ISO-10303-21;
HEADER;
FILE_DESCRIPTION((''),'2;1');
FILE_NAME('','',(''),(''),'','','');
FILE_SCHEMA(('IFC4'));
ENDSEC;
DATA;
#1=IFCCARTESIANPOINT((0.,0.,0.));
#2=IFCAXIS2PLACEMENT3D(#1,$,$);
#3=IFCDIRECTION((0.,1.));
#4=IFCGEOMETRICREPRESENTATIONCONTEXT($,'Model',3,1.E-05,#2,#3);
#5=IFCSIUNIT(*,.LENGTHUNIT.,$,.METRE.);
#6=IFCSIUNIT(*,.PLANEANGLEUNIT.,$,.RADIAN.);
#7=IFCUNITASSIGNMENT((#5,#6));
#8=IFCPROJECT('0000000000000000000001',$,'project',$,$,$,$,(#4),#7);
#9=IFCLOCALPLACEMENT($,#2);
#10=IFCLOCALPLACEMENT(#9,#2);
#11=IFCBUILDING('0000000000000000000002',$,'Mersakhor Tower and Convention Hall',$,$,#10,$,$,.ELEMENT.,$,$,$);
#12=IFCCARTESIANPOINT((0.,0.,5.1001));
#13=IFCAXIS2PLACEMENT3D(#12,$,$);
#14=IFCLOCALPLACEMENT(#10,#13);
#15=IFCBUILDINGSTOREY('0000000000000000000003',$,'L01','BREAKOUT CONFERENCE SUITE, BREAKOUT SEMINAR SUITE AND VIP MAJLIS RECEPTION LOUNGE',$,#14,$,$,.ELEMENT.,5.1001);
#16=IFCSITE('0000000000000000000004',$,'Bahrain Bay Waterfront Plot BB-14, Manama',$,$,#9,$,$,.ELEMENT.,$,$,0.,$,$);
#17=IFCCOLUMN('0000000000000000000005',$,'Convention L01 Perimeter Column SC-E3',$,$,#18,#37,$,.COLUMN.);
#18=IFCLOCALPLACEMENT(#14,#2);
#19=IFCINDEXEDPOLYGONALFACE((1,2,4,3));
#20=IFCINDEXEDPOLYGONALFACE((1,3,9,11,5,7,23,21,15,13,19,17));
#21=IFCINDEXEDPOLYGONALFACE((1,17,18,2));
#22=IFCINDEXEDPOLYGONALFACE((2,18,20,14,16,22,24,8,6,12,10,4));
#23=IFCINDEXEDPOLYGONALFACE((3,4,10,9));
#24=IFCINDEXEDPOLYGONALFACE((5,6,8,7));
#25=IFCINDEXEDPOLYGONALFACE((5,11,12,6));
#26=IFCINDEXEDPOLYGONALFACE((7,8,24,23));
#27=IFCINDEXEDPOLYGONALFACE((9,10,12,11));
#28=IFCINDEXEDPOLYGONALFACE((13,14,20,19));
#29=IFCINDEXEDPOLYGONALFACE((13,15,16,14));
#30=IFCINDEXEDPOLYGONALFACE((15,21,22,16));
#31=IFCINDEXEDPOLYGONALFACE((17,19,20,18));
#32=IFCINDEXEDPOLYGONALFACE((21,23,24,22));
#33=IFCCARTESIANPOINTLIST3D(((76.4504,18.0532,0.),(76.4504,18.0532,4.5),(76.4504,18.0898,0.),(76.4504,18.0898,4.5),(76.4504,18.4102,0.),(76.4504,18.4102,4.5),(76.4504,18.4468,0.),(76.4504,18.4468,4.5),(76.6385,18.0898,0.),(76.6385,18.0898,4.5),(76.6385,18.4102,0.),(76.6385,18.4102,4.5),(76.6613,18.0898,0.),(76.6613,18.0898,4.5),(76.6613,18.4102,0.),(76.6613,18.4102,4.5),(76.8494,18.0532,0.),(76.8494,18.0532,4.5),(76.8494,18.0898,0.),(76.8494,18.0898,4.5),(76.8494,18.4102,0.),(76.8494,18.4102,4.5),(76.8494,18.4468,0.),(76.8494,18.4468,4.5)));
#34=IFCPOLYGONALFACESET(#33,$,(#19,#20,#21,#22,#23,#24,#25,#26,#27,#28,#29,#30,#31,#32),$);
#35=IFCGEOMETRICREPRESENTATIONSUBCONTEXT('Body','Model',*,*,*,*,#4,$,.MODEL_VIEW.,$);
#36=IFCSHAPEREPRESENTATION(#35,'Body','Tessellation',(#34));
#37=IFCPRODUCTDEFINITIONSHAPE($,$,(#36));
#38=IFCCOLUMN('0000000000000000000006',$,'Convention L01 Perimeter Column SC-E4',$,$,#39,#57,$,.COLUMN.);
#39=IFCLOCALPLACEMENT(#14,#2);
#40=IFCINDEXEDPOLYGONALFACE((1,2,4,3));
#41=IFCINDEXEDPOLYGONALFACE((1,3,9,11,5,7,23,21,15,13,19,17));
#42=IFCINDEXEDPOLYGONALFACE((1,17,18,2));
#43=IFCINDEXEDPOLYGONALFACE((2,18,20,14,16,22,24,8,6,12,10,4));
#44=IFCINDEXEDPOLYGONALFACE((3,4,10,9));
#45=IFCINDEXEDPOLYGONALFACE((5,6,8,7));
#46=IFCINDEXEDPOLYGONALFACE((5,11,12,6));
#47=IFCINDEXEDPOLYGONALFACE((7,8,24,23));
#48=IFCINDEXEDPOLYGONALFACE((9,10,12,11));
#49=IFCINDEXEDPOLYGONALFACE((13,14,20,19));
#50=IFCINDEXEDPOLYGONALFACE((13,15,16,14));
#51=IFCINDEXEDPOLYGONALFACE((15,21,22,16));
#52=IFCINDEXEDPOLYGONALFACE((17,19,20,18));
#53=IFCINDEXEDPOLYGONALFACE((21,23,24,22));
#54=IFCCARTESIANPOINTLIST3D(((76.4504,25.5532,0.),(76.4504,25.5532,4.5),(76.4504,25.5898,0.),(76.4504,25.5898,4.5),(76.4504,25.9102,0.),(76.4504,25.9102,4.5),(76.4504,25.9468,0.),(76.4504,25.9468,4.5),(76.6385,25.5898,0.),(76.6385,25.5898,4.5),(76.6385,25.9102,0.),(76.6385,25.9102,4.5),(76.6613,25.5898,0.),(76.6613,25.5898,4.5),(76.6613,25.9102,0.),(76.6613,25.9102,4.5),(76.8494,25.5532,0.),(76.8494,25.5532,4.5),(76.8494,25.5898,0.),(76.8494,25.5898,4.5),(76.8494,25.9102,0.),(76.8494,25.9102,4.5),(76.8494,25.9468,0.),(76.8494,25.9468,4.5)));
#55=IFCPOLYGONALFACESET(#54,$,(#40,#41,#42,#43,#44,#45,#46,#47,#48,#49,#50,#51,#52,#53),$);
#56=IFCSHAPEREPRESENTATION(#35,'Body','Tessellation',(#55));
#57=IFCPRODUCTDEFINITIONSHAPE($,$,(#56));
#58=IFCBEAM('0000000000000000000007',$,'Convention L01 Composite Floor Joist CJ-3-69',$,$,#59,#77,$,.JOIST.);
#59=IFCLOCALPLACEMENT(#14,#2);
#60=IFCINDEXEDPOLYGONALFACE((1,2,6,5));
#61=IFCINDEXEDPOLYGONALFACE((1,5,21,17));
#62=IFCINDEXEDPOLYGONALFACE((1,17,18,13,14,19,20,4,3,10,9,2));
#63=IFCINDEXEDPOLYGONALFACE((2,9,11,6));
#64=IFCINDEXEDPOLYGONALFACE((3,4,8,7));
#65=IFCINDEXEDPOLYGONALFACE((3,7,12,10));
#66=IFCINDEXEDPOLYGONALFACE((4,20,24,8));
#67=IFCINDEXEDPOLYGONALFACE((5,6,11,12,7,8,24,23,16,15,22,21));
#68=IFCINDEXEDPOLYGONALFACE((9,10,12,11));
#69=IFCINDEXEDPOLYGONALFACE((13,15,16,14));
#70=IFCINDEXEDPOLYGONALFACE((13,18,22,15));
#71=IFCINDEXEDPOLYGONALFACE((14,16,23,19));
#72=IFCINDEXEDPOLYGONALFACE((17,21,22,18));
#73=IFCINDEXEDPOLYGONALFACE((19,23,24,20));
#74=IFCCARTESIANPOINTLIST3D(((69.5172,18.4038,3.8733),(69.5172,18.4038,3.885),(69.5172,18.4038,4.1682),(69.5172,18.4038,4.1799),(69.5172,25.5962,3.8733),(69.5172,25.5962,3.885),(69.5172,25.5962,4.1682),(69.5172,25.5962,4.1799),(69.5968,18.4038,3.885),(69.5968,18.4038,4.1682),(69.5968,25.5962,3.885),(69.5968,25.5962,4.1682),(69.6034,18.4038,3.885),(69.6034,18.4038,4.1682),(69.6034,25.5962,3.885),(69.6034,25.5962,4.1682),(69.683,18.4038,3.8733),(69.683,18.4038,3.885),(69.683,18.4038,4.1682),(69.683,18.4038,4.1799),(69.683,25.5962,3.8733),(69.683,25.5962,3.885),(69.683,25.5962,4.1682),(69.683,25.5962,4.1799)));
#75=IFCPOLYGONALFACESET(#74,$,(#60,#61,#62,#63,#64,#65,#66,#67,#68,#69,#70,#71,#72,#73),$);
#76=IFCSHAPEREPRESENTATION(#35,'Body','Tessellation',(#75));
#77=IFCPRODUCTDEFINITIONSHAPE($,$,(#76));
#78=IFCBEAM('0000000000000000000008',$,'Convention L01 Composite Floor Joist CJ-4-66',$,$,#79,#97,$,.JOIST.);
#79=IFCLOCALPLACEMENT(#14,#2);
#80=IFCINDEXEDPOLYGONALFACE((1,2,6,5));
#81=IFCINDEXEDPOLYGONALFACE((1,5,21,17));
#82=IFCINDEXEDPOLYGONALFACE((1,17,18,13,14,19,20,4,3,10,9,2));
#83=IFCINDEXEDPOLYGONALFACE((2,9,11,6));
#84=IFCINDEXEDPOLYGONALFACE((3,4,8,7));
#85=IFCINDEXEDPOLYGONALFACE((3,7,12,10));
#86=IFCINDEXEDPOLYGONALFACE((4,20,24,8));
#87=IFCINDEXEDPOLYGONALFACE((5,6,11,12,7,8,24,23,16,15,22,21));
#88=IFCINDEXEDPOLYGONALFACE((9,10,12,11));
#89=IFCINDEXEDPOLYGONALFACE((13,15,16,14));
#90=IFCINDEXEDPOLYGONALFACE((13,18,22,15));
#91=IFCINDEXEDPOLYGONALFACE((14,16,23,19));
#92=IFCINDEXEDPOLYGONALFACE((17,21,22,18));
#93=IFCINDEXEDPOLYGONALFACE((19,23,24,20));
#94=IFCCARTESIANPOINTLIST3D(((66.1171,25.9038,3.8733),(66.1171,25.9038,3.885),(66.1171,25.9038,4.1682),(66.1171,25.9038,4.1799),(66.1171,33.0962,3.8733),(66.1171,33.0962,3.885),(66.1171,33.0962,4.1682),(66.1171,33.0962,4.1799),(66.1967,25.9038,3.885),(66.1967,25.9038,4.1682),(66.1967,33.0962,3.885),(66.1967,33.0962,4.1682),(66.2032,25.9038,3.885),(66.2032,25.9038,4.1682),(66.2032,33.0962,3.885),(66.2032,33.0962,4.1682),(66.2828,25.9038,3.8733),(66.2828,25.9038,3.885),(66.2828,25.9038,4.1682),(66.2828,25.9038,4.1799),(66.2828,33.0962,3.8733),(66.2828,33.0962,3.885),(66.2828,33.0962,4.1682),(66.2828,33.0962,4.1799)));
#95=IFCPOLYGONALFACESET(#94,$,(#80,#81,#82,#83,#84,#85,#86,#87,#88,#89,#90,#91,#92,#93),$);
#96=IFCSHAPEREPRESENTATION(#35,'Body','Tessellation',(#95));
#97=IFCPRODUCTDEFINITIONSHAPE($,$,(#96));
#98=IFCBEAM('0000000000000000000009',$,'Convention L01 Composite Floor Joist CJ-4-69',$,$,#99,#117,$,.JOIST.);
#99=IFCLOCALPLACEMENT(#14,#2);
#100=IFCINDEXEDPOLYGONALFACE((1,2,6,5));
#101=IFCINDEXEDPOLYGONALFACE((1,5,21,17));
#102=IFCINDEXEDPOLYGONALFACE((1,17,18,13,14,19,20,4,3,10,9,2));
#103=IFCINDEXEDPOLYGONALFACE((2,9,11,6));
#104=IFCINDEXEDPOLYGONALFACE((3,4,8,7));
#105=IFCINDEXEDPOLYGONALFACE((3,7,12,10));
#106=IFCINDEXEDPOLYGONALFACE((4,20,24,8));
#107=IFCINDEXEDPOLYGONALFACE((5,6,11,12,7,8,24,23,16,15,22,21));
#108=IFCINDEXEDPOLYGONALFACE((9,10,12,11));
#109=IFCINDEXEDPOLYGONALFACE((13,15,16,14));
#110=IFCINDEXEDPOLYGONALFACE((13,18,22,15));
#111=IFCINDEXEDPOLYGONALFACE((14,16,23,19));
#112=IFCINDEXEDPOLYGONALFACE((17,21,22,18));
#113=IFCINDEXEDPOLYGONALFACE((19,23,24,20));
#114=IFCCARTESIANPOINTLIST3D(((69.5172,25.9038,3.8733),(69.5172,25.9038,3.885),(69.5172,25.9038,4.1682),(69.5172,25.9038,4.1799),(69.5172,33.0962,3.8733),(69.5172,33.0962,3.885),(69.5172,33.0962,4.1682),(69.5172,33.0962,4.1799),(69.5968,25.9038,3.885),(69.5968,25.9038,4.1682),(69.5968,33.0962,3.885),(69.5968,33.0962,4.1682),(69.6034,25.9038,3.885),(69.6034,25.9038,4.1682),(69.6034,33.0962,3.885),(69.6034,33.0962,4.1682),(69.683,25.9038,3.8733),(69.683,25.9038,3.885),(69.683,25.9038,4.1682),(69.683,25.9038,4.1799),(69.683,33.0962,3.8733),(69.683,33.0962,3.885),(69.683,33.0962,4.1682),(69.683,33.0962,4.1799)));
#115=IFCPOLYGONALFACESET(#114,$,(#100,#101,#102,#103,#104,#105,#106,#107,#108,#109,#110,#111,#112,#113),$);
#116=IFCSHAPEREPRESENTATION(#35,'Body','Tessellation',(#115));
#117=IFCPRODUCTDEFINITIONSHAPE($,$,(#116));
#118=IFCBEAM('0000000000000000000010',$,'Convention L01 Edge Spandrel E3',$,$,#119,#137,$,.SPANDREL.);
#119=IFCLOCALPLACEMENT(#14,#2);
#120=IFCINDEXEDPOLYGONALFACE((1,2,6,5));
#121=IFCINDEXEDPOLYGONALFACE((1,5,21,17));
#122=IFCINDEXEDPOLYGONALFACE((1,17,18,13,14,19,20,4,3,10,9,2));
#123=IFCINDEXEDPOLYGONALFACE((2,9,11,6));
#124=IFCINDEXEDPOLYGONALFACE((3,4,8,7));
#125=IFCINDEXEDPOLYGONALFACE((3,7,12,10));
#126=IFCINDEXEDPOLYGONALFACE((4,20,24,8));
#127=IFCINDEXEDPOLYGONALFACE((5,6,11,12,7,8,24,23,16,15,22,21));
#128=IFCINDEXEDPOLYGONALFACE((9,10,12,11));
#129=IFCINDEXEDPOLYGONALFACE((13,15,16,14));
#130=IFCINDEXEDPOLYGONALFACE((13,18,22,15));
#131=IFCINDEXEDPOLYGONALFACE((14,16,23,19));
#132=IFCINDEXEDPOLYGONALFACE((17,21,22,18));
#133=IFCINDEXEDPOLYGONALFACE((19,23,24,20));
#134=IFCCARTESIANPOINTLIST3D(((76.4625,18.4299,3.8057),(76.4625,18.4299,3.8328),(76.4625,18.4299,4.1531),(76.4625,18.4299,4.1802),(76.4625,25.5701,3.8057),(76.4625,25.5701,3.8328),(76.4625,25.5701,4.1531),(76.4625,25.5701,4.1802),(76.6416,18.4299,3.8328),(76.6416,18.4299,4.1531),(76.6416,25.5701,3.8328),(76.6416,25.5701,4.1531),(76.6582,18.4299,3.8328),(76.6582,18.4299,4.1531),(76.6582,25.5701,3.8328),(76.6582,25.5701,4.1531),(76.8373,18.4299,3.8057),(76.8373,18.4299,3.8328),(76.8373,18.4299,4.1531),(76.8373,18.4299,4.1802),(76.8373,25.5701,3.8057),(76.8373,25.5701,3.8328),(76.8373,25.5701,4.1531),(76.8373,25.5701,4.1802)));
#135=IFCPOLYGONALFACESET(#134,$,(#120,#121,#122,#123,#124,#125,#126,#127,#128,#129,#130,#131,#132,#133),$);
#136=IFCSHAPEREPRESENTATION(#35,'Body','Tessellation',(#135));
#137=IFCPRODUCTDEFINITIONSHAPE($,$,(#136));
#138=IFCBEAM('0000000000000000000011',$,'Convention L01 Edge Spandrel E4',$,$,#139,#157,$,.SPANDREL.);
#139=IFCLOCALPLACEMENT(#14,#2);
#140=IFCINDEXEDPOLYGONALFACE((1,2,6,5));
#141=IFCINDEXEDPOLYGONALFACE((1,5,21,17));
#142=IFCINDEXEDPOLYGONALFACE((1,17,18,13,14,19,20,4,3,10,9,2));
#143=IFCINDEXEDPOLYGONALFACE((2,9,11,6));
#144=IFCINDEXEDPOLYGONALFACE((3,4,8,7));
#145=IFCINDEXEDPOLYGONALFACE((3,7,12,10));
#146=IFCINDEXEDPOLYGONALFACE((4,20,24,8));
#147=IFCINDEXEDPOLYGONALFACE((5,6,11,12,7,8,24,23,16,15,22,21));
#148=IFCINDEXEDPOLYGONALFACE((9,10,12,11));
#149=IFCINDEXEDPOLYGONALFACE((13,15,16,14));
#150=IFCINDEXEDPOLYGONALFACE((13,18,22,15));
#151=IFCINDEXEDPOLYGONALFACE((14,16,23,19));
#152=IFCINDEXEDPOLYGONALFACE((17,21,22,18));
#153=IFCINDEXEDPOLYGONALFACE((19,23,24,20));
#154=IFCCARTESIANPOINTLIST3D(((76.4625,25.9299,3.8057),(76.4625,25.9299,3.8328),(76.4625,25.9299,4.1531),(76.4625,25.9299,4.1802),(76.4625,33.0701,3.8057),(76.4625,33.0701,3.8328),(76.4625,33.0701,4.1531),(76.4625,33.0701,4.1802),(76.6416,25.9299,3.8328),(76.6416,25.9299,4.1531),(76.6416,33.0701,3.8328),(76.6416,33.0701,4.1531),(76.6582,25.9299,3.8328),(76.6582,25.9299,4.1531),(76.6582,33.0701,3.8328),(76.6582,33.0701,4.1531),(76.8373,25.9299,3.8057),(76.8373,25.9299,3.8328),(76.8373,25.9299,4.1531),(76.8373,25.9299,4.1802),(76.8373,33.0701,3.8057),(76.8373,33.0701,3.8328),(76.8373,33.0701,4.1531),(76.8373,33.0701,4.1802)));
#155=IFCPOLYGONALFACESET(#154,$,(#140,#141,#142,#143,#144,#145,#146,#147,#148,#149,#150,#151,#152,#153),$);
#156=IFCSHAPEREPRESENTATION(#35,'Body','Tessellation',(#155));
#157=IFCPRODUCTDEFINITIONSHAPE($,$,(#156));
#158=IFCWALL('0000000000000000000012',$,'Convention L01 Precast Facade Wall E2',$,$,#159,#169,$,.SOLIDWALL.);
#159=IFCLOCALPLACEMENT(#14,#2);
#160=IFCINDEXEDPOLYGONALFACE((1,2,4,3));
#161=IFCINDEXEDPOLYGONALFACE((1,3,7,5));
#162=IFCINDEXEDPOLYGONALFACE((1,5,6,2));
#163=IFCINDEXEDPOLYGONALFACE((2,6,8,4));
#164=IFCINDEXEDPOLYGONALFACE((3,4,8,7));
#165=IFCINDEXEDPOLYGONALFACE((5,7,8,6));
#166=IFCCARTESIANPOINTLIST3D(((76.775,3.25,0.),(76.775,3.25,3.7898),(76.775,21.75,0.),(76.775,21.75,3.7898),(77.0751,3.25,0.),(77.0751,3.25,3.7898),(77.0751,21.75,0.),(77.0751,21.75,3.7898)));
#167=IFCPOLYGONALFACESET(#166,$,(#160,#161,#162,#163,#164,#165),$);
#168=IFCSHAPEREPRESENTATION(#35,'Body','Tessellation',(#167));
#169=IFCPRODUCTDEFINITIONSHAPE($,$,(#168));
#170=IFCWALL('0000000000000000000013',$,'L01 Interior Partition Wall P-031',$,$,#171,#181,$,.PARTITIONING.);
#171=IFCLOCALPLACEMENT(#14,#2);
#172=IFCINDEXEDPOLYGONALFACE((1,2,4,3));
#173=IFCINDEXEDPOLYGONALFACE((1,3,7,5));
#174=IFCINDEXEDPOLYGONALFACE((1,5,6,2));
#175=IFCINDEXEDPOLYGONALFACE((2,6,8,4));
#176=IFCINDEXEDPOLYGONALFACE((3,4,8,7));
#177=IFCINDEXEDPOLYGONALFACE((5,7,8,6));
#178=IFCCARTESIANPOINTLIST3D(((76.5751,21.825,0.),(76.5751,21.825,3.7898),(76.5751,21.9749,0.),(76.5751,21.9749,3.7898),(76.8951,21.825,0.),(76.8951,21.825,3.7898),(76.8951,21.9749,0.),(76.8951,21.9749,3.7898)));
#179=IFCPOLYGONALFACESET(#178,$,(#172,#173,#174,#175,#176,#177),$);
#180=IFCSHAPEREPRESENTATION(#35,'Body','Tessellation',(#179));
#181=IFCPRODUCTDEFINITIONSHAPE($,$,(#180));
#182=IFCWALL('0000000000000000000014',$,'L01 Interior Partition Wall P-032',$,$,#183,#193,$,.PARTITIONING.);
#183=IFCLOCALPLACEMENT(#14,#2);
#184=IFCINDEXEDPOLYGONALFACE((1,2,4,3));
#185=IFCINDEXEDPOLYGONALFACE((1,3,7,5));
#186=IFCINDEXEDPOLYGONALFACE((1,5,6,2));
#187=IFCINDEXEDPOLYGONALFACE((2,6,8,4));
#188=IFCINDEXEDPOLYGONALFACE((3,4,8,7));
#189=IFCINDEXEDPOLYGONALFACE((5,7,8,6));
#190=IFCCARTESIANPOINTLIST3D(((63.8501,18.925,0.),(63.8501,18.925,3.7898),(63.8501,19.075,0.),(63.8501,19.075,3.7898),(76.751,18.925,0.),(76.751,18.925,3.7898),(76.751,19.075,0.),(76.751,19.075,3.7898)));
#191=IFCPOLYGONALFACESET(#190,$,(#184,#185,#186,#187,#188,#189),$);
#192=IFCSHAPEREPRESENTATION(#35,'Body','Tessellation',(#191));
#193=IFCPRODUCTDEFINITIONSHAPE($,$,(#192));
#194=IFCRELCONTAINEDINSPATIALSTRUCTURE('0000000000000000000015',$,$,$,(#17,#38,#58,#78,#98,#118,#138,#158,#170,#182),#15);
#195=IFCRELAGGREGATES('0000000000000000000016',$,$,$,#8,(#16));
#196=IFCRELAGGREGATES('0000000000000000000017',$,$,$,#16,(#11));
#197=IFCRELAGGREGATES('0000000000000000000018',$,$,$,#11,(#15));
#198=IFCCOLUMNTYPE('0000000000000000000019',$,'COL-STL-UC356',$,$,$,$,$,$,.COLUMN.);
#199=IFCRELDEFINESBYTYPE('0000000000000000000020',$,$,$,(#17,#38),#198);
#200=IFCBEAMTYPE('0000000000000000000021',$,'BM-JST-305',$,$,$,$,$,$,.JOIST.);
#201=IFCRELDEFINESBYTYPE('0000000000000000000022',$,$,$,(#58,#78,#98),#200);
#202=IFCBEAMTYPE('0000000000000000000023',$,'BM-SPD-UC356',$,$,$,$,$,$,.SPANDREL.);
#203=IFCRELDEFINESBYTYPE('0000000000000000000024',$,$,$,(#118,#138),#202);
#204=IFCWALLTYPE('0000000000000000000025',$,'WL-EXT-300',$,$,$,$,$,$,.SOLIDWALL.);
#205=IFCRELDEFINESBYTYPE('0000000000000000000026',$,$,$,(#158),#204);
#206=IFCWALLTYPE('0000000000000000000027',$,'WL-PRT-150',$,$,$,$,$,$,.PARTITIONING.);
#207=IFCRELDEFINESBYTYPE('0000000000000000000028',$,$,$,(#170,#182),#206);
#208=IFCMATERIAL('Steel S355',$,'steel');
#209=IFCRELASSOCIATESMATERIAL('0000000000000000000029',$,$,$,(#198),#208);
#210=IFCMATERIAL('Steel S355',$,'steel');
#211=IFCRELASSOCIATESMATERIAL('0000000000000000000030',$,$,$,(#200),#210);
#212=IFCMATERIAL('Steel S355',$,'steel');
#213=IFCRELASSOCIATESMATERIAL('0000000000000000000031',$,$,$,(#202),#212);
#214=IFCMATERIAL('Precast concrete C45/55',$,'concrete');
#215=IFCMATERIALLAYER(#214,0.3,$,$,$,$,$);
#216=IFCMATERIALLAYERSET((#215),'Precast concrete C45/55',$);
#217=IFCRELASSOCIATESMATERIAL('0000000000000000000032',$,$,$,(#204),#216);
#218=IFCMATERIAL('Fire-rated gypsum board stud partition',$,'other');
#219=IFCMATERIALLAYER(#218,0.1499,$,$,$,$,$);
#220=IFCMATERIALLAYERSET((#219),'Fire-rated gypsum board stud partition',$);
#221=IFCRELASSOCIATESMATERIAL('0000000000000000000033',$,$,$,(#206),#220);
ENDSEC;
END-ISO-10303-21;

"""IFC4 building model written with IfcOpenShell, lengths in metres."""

from ifc_helpers import new_model, si_unit, direction, frame, frame_2d, origin, origin_2d, place, context, subcontext, project, spatial, rectangle, i_section, extrude, material, layer, layer_set, material_profile, profile_set, type_object, element, save


model = new_model("IFC4")

# Units and contexts
model_context = context("Model", 3, precision=1e-05, world=origin(), true_north=direction((0.0, 1.0)))
body_context = subcontext(model_context, "Body", "Model", "MODEL_VIEW")
ifc_project = project(units=[si_unit("LENGTHUNIT", "METRE"), si_unit("PLANEANGLEUNIT", "RADIAN")], contexts=[model_context])

# Site, building, storey
site_placement = place(None, origin())
site = spatial("IfcSite", under=ifc_project, at=site_placement, Name="Bahrain Bay Waterfront Plot BB-14, Manama", CompositionType="ELEMENT", RefElevation=0.0)
building_placement = place(site_placement, origin())
building = spatial("IfcBuilding", under=site, at=building_placement, Name="Mersakhor Tower and Convention Hall", CompositionType="ELEMENT")
storey_placement = place(building_placement, frame((0.0, 0.0, 5.1001)))
storey = spatial("IfcBuildingStorey", under=building, at=storey_placement, Name="L01", Description="BREAKOUT CONFERENCE SUITE, BREAKOUT SEMINAR SUITE AND VIP MAJLIS RECEPTION LOUNGE", CompositionType="ELEMENT", Elevation=5.1001)

# Columns
ifc_material_1 = material(Name="Steel S355", Category="steel")
ifc_material_profile_1 = material_profile(ifc_material_1, i_section(OverallWidth=0.3989, OverallDepth=0.3936, WebThickness=0.0227, FlangeThickness=0.0366, at=origin_2d()), Name="UC 356x406x287")
ifc_profile_set_1 = profile_set([ifc_material_profile_1], Name="Steel S355")
column_type = type_object("IfcColumnType", Name="COL-STL-UC356", PredefinedType="COLUMN", material=ifc_profile_set_1)
for number, where, z_axis, x_axis, name in (
    (1, (76.6499, 18.25, 0.0), (0.0, 0.0, 1.0), (1.0, 0.0, 0.0), "Convention L01 Perimeter Column SC-E3"),
    (2, (76.6499, 25.75, 0.0), (0.0, 0.0, 1.0), (1.0, 0.0, 0.0), "Convention L01 Perimeter Column SC-E4"),
):
    element("IfcColumn", number, at=place(storey_placement, frame(where, z_axis=z_axis, x_axis=x_axis)), inside=storey, type_object=column_type, Name=name, PredefinedType="COLUMN", context=body_context, shape_type="SweptSolid", body=[
        extrude(i_section(OverallWidth=0.3989, OverallDepth=0.3936, WebThickness=0.0227, FlangeThickness=0.0366, at=origin_2d()), origin(), (0.0, 0.0, 1.0), 4.5),
    ])

# Beams
ifc_material_2 = material(Name="Steel S355", Category="steel")
ifc_material_profile_2 = material_profile(ifc_material_2, i_section(OverallWidth=0.1658, OverallDepth=0.3066, WebThickness=0.0066, FlangeThickness=0.0117, at=origin_2d()), Name="UB 305x165x46")
ifc_profile_set_2 = profile_set([ifc_material_profile_2], Name="Steel S355")
beam_type_1 = type_object("IfcBeamType", Name="BM-JST-305", PredefinedType="JOIST", material=ifc_profile_set_2)
for number, where, z_axis, x_axis, name in (
    (3, (69.6001, 18.4038, 4.0266), (0.0, 1.0, 0.0), (-1.0, 0.0, 0.0), "Convention L01 Composite Floor Joist CJ-3-69"),
    (4, (66.2, 25.9038, 4.0266), (0.0, 1.0, 0.0), (-1.0, 0.0, 0.0), "Convention L01 Composite Floor Joist CJ-4-66"),
    (5, (69.6001, 25.9038, 4.0266), (0.0, 1.0, 0.0), (-1.0, 0.0, 0.0), "Convention L01 Composite Floor Joist CJ-4-69"),
):
    element("IfcBeam", number, at=place(storey_placement, frame(where, z_axis=z_axis, x_axis=x_axis)), inside=storey, type_object=beam_type_1, Name=name, PredefinedType="JOIST", context=body_context, shape_type="SweptSolid", body=[
        extrude(i_section(OverallWidth=0.1658, OverallDepth=0.3066, WebThickness=0.0066, FlangeThickness=0.0117, at=origin_2d()), origin(), (0.0, 0.0, 1.0), 7.1924),
    ])
ifc_material_3 = material(Name="Steel S355", Category="steel")
ifc_material_profile_3 = material_profile(ifc_material_3, i_section(OverallWidth=0.3748, OverallDepth=0.3745, WebThickness=0.0166, FlangeThickness=0.0271, at=origin_2d()), Name="UC 356x368x202")
ifc_profile_set_3 = profile_set([ifc_material_profile_3], Name="Steel S355")
beam_type_2 = type_object("IfcBeamType", Name="BM-SPD-UC356", PredefinedType="SPANDREL", material=ifc_profile_set_3)
for number, where, z_axis, x_axis, name in (
    (6, (76.6499, 18.4299, 3.9929), (0.0, 1.0, 0.0), (-1.0, 0.0, 0.0), "Convention L01 Edge Spandrel E3"),
    (7, (76.6499, 25.9299, 3.9929), (0.0, 1.0, 0.0), (-1.0, 0.0, 0.0), "Convention L01 Edge Spandrel E4"),
):
    element("IfcBeam", number, at=place(storey_placement, frame(where, z_axis=z_axis, x_axis=x_axis)), inside=storey, type_object=beam_type_2, Name=name, PredefinedType="SPANDREL", context=body_context, shape_type="SweptSolid", body=[
        extrude(i_section(OverallWidth=0.3748, OverallDepth=0.3745, WebThickness=0.0166, FlangeThickness=0.0271, at=origin_2d()), origin(), (0.0, 0.0, 1.0), 7.1401),
    ])

# Walls
ifc_material_4 = material(Name="Precast concrete C45/55", Category="concrete")
ifc_layer_1 = layer(ifc_material_4, 0.3)
ifc_layer_set_1 = layer_set([ifc_layer_1], Name="Precast concrete C45/55")
wall_type_1 = type_object("IfcWallType", Name="WL-EXT-300", PredefinedType="SOLIDWALL", material=ifc_layer_set_1)
wall_1_placement = place(storey_placement, frame((76.925, 21.75, 0.0), z_axis=(0.0, 0.0, 1.0), x_axis=(0.0, -1.0, 0.0)))
element("IfcWall", 8, at=wall_1_placement, inside=storey, type_object=wall_type_1, Name="Convention L01 Precast Facade Wall E2", PredefinedType="SOLIDWALL", context=body_context, shape_type="SweptSolid", body=[
    extrude(rectangle(XDim=18.5, YDim=0.3, at=frame_2d((9.25, 0.0))), origin(), (0.0, 0.0, 1.0), 3.7898),
])
ifc_material_5 = material(Name="Fire-rated gypsum board stud partition", Category="other")
ifc_layer_2 = layer(ifc_material_5, 0.1499)
ifc_layer_set_2 = layer_set([ifc_layer_2], Name="Fire-rated gypsum board stud partition")
wall_type_2 = type_object("IfcWallType", Name="WL-PRT-150", PredefinedType="PARTITIONING", material=ifc_layer_set_2)
wall_2_placement = place(storey_placement, frame((76.575, 21.8999, 0.0), z_axis=(0.0, 0.0, 1.0), x_axis=(1.0, 0.0, 0.0)))
element("IfcWall", 9, at=wall_2_placement, inside=storey, type_object=wall_type_2, Name="L01 Interior Partition Wall P-031", PredefinedType="PARTITIONING", context=body_context, shape_type="SweptSolid", body=[
    extrude(rectangle(XDim=0.3201, YDim=0.1499, at=frame_2d((0.1602, 0.0))), origin(), (0.0, 0.0, 1.0), 3.7898),
])
wall_3_placement = place(storey_placement, frame((76.751, 19.0, 0.0), z_axis=(0.0, 0.0, 1.0), x_axis=(-1.0, 0.0, 0.0)))
element("IfcWall", 10, at=wall_3_placement, inside=storey, type_object=wall_type_2, Name="L01 Interior Partition Wall P-032", PredefinedType="PARTITIONING", context=body_context, shape_type="SweptSolid", body=[
    extrude(rectangle(XDim=12.9009, YDim=0.1499, at=frame_2d((6.4504, 0.0))), origin(), (0.0, 0.0, 1.0), 3.7898),
])

save(model, "model.ifc")
